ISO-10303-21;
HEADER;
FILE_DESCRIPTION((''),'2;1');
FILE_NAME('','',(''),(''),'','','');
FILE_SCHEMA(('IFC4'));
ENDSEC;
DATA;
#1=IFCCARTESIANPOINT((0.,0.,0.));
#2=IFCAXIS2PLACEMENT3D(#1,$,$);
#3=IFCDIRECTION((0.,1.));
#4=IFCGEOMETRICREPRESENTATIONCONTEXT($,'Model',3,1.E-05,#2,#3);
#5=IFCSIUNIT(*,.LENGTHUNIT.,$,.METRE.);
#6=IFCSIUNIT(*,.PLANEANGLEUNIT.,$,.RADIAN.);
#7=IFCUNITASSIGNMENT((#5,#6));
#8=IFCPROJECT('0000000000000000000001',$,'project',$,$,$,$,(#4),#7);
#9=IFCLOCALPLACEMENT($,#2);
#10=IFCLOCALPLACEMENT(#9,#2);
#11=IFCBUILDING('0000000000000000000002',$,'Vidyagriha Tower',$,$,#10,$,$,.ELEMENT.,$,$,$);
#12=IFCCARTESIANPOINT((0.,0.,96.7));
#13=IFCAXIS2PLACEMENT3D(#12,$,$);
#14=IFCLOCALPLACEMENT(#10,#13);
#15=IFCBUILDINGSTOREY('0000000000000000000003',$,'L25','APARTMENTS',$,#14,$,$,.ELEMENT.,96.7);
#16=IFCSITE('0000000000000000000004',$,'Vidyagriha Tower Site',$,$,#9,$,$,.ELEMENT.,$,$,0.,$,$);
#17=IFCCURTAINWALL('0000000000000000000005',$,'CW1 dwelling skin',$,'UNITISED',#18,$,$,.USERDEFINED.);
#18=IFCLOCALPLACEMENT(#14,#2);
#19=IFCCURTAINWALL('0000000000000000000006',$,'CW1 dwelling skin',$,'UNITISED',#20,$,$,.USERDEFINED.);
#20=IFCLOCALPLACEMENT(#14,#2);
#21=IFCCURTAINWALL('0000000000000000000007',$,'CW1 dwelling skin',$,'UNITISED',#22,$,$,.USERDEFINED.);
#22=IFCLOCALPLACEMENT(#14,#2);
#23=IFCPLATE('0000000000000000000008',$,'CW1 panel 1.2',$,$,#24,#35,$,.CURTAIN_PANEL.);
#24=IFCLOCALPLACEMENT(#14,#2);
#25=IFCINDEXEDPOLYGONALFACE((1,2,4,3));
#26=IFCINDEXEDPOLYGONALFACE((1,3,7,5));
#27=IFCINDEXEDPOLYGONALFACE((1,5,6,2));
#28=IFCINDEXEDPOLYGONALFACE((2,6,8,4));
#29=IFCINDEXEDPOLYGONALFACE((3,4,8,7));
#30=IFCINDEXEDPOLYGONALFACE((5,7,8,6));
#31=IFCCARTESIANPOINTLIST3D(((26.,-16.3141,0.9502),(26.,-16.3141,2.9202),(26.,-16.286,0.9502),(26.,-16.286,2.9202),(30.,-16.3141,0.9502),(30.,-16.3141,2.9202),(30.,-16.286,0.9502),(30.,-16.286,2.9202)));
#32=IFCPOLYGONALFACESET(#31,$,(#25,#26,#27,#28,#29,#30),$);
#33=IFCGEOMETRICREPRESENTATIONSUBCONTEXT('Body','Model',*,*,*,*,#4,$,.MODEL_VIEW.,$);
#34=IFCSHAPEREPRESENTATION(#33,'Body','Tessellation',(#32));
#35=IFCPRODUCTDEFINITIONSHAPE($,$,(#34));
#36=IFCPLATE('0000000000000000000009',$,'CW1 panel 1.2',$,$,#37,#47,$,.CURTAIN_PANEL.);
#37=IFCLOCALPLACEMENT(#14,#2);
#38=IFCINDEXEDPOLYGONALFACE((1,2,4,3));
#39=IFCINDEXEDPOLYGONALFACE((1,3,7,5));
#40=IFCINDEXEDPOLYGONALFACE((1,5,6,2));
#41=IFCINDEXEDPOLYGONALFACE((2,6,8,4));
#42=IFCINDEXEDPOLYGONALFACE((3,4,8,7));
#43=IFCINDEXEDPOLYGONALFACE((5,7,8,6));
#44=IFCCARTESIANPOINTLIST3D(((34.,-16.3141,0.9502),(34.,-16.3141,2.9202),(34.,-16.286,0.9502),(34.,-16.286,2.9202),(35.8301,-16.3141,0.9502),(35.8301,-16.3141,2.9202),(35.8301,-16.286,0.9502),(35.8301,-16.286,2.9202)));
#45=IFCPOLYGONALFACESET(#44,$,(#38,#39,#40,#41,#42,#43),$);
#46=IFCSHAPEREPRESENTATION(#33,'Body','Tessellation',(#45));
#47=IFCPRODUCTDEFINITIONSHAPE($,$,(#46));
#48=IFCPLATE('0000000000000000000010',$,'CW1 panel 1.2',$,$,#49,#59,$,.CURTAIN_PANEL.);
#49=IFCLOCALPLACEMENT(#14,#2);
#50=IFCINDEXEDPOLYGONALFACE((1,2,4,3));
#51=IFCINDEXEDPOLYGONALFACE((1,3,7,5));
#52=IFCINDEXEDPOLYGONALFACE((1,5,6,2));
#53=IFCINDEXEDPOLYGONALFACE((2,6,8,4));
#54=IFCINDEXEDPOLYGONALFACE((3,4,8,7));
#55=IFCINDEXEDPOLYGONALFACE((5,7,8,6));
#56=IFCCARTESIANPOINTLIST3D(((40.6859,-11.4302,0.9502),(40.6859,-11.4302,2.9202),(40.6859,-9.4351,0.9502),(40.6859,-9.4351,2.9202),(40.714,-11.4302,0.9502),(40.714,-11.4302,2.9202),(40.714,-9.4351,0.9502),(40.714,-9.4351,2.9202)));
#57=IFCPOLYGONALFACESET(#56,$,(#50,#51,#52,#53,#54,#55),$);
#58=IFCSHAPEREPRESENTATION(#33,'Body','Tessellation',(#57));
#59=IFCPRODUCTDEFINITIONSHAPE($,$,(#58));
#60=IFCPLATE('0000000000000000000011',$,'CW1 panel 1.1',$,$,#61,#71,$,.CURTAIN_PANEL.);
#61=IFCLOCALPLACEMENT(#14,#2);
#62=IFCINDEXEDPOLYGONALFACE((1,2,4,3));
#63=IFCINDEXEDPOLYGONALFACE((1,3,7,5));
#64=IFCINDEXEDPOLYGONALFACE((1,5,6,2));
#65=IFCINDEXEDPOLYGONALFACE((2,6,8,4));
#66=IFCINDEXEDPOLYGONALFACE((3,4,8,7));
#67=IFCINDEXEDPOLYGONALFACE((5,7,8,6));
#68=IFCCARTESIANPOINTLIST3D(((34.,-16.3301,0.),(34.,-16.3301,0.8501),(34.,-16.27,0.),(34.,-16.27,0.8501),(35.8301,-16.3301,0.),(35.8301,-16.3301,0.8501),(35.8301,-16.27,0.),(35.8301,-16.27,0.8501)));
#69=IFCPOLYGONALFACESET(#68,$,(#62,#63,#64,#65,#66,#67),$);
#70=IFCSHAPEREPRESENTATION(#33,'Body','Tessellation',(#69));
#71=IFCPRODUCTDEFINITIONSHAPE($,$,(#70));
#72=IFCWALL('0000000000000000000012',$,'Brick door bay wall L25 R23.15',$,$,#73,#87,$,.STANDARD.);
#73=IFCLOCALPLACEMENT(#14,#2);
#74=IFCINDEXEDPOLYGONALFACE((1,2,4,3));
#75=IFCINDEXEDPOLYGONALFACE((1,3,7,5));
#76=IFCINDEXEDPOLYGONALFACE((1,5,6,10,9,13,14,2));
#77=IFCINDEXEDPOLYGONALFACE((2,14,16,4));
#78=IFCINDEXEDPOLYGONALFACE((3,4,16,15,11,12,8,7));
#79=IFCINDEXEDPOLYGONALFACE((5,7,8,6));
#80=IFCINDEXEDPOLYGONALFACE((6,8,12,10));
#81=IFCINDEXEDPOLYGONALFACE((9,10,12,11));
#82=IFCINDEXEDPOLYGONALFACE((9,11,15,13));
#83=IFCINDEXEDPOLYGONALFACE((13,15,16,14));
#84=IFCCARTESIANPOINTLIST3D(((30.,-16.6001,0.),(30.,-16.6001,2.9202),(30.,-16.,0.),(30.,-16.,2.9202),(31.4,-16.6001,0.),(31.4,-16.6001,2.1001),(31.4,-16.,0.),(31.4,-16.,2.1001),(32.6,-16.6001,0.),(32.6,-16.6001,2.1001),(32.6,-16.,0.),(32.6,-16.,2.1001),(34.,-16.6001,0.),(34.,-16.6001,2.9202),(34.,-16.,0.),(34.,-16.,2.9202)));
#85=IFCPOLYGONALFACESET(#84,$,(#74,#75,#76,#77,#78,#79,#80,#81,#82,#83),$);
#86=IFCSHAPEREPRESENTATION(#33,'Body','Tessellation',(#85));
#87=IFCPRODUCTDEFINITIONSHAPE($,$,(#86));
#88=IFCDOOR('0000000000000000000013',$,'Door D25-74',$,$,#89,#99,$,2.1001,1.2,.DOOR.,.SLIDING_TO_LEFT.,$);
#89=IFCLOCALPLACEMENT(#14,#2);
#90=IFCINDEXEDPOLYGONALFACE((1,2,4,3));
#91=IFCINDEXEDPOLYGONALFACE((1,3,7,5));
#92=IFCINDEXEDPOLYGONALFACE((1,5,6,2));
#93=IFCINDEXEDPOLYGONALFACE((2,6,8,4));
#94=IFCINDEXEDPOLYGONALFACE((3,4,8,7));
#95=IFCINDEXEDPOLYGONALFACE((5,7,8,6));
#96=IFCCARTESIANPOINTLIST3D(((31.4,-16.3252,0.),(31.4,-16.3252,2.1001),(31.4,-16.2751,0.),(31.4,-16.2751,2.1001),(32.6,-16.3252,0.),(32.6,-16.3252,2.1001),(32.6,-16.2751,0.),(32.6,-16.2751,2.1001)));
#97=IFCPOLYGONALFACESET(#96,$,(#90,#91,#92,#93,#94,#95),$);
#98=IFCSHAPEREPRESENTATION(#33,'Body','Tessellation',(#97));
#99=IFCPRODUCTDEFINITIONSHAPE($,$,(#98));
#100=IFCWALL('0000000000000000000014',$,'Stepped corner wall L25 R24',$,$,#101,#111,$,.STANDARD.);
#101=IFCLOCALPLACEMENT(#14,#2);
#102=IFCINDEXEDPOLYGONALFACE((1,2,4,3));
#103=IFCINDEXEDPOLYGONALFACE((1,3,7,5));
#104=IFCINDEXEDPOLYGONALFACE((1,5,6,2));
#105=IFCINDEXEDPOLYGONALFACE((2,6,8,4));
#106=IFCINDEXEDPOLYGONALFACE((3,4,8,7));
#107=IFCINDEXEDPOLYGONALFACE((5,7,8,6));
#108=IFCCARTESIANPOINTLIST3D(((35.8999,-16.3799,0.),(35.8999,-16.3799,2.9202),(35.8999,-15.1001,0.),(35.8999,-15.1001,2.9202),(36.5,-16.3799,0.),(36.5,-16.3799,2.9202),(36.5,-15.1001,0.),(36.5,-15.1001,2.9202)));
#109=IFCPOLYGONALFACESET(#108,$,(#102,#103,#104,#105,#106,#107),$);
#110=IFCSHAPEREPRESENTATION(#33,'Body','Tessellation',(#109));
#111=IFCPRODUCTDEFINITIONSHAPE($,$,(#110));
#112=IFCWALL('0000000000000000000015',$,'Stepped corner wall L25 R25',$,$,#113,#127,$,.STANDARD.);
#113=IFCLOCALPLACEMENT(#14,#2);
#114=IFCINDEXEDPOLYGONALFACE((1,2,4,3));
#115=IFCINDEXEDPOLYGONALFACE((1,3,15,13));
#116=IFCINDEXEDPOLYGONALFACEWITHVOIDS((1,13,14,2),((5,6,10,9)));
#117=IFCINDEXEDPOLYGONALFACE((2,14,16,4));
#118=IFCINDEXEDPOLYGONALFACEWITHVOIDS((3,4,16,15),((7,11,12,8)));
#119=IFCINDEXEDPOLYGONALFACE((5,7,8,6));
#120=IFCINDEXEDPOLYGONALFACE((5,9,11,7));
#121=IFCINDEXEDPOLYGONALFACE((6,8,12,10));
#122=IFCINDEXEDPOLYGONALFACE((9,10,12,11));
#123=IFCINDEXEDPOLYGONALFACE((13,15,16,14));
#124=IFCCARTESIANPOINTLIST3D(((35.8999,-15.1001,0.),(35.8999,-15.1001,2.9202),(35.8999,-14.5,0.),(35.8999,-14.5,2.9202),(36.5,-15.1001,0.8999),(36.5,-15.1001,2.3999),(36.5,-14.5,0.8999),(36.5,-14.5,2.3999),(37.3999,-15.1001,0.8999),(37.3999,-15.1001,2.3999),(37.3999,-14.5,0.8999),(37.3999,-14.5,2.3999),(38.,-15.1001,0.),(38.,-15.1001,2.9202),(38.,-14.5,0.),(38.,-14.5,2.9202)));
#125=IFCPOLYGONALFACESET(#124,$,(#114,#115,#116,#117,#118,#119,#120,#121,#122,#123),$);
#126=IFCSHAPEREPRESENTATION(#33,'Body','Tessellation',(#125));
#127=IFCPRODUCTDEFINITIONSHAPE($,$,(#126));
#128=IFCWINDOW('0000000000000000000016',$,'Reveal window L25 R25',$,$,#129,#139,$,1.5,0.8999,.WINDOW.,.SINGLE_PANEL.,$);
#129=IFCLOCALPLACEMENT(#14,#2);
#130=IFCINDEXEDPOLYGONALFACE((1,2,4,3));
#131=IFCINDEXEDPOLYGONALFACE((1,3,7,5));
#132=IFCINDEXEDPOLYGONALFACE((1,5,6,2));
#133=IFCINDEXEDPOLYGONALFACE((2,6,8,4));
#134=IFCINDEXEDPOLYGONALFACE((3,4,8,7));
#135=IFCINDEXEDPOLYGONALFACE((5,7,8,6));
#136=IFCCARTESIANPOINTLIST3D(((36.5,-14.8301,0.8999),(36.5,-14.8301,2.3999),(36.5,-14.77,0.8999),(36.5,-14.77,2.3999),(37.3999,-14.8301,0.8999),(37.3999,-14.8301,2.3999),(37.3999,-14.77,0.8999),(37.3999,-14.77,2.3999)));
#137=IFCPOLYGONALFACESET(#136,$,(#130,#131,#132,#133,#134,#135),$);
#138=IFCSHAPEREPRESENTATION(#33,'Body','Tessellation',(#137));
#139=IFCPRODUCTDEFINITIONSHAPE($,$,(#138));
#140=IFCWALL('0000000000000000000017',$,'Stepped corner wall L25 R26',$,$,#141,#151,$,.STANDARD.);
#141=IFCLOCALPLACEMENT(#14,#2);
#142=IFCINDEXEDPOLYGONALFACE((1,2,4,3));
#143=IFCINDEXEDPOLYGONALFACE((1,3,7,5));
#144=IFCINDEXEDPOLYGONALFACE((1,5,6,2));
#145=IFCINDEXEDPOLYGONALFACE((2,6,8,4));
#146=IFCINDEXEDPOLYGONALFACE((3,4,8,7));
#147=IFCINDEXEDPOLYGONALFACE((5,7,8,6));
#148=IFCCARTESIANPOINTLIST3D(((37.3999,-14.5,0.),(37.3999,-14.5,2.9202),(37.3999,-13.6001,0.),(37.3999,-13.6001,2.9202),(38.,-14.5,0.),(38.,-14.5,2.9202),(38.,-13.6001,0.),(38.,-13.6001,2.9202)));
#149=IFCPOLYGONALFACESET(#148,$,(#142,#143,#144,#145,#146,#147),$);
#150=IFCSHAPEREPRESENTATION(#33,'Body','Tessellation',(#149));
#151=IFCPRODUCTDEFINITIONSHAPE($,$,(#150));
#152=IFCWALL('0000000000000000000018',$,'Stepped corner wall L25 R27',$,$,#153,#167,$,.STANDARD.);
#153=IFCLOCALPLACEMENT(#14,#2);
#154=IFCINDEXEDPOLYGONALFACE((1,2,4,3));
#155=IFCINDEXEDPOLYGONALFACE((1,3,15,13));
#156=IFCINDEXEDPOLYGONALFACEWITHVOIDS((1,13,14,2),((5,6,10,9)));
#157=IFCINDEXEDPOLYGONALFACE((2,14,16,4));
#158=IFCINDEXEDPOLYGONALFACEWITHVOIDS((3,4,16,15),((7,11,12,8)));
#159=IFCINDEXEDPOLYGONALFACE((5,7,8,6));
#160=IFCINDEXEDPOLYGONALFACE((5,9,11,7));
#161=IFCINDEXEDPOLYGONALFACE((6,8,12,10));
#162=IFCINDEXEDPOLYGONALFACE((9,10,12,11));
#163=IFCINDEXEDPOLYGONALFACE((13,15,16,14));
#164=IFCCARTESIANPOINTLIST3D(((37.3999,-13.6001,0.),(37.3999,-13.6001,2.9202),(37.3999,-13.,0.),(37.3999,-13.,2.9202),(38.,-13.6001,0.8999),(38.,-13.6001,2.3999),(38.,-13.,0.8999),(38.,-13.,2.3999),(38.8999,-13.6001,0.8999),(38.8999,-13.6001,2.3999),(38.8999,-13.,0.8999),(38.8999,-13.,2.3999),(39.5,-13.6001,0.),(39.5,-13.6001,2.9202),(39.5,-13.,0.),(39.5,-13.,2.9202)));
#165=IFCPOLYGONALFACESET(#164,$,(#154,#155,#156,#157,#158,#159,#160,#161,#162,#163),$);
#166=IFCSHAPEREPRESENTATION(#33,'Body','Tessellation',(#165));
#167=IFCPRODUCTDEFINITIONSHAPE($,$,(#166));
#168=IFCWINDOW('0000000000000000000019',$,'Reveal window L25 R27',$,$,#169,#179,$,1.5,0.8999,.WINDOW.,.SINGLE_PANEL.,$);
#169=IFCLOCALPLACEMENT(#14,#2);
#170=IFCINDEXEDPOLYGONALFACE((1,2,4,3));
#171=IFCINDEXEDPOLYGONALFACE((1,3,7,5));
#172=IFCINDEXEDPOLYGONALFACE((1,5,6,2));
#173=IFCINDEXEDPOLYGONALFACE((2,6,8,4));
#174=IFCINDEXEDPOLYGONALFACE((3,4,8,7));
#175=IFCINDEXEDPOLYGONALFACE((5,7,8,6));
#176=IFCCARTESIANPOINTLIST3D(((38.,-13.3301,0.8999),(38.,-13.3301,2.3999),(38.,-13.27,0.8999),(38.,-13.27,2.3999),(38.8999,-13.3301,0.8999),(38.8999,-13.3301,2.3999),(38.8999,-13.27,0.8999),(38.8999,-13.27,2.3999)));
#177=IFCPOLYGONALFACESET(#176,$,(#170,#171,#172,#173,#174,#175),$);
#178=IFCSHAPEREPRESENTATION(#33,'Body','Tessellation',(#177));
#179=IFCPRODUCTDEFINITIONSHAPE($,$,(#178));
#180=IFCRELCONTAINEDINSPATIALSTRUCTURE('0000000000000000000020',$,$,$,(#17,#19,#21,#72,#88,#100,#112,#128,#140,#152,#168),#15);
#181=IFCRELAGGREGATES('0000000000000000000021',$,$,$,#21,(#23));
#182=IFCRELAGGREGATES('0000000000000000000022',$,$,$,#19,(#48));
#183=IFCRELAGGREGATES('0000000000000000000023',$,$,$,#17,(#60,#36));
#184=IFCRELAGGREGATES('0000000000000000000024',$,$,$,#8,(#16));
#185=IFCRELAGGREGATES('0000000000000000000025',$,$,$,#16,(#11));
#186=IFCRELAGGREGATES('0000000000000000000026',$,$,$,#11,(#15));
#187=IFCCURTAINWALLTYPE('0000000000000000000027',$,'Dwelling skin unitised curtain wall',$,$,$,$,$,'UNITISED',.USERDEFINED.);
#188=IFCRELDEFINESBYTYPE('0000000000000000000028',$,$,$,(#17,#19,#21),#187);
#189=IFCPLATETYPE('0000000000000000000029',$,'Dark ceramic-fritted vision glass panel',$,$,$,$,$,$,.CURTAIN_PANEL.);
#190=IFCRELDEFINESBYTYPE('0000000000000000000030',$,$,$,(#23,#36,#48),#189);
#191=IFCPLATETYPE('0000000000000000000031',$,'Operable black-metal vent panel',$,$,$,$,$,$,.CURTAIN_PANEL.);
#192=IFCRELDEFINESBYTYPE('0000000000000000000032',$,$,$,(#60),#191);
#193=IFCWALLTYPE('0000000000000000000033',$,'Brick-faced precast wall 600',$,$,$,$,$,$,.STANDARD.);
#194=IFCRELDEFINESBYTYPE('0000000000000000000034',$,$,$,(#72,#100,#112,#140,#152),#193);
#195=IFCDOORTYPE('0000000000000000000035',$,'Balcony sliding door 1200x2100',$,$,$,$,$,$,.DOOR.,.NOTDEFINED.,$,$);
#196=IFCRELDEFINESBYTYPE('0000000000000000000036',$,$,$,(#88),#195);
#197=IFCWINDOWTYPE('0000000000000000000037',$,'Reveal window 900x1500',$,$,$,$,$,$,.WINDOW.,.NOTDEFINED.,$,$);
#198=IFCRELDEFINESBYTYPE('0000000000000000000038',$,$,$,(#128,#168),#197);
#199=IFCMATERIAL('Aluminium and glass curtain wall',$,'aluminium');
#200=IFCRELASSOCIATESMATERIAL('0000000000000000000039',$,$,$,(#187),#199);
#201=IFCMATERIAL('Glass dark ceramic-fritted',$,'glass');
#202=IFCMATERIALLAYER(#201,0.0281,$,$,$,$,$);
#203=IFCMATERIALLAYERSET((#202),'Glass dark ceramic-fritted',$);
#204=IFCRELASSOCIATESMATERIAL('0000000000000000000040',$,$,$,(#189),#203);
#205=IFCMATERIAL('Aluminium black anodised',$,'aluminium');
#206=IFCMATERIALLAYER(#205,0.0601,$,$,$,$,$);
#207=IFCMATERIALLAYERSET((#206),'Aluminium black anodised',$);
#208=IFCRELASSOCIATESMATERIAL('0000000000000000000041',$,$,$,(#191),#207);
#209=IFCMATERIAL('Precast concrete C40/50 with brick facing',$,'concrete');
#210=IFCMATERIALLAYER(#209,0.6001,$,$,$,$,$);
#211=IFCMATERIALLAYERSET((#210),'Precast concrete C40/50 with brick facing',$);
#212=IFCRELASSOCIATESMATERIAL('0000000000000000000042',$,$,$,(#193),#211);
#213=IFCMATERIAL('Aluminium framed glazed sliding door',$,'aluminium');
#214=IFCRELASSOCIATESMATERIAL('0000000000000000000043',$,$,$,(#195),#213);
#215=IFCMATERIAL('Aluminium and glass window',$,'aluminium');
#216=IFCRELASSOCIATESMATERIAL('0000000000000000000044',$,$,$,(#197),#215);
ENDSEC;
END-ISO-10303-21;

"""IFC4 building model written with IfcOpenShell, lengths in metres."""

from ifc_helpers import new_model, si_unit, direction, frame, frame_2d, origin, origin_2d, place, context, subcontext, project, spatial, rectangle, extrude, material, layer, layer_set, type_object, element, fill, aggregate, save


model = new_model("IFC4")

# Units and contexts
model_context = context("Model", 3, precision=1e-05, world=origin(), true_north=direction((0.0, 1.0)))
body_context = subcontext(model_context, "Body", "Model", "MODEL_VIEW")
ifc_project = project(units=[si_unit("LENGTHUNIT", "METRE"), si_unit("PLANEANGLEUNIT", "RADIAN")], contexts=[model_context])

# Site, building, storey
site_placement = place(None, origin())
site = spatial("IfcSite", under=ifc_project, at=site_placement, Name="Vidyagriha Tower Site", CompositionType="ELEMENT", RefElevation=0.0)
building_placement = place(site_placement, origin())
building = spatial("IfcBuilding", under=site, at=building_placement, Name="Vidyagriha Tower", CompositionType="ELEMENT")
storey_placement = place(building_placement, frame((0.0, 0.0, 96.7)))
storey = spatial("IfcBuildingStorey", under=building, at=storey_placement, Name="L25", Description="APARTMENTS", CompositionType="ELEMENT", Elevation=96.7)

# Curtain walls
ifc_material_1 = material(Name="Aluminium and glass curtain wall", Category="aluminium")
curtain_wall_type = type_object("IfcCurtainWallType", Name="Dwelling skin unitised curtain wall", ElementType="UNITISED", PredefinedType="USERDEFINED", material=ifc_material_1)
curtain_wall_1_placement = place(storey_placement, origin())
curtain_wall_1 = element("IfcCurtainWall", 1, at=curtain_wall_1_placement, inside=storey, type_object=curtain_wall_type, Name="CW1 dwelling skin", ObjectType="UNITISED", PredefinedType="USERDEFINED")
curtain_wall_2_placement = place(storey_placement, origin())
curtain_wall_2 = element("IfcCurtainWall", 2, at=curtain_wall_2_placement, inside=storey, type_object=curtain_wall_type, Name="CW1 dwelling skin", ObjectType="UNITISED", PredefinedType="USERDEFINED")

# Curtain wall
curtain_wall_3_placement = place(storey_placement, origin())
curtain_wall_3 = element("IfcCurtainWall", 3, at=curtain_wall_3_placement, inside=storey, type_object=curtain_wall_type, Name="CW1 dwelling skin", ObjectType="UNITISED", PredefinedType="USERDEFINED")

# Plates
ifc_material_2 = material(Name="Glass dark ceramic-fritted", Category="glass")
ifc_layer_1 = layer(ifc_material_2, 0.0281)
ifc_layer_set_1 = layer_set([ifc_layer_1], Name="Glass dark ceramic-fritted")
plate_type_1 = type_object("IfcPlateType", Name="Dark ceramic-fritted vision glass panel", PredefinedType="CURTAIN_PANEL", material=ifc_layer_set_1)
plate_1_placement = place(storey_placement, frame((28.0, -16.3, 0.9502)))
plate_1 = element("IfcPlate", 4, at=plate_1_placement, type_object=plate_type_1, Name="CW1 panel 1.2", PredefinedType="CURTAIN_PANEL", context=body_context, shape_type="SweptSolid", body=[
    extrude(rectangle(XDim=4.0, YDim=0.0281, at=origin_2d()), origin(), (0.0, 0.0, 1.0), 1.97),
])
aggregate(curtain_wall_3, [plate_1])
plate_2_placement = place(storey_placement, frame((34.915, -16.3, 0.9502)))
plate_2 = element("IfcPlate", 5, at=plate_2_placement, type_object=plate_type_1, Name="CW1 panel 1.2", PredefinedType="CURTAIN_PANEL", context=body_context, shape_type="SweptSolid", body=[
    extrude(rectangle(XDim=1.8301, YDim=0.0281, at=origin_2d()), origin(), (0.0, 0.0, 1.0), 1.97),
])
plate_3_placement = place(storey_placement, frame((40.7, -10.4326, 0.9502), z_axis=(0.0, 0.0, 1.0), x_axis=(0.0, 1.0, 0.0)))
plate_3 = element("IfcPlate", 6, at=plate_3_placement, type_object=plate_type_1, Name="CW1 panel 1.2", PredefinedType="CURTAIN_PANEL", context=body_context, shape_type="SweptSolid", body=[
    extrude(rectangle(XDim=1.9951, YDim=0.0281, at=origin_2d()), origin(), (0.0, 0.0, 1.0), 1.97),
])
aggregate(curtain_wall_2, [plate_3])
ifc_material_3 = material(Name="Aluminium black anodised", Category="aluminium")
ifc_layer_2 = layer(ifc_material_3, 0.0601)
ifc_layer_set_2 = layer_set([ifc_layer_2], Name="Aluminium black anodised")
plate_type_2 = type_object("IfcPlateType", Name="Operable black-metal vent panel", PredefinedType="CURTAIN_PANEL", material=ifc_layer_set_2)
plate_4_placement = place(storey_placement, frame((34.915, -16.3, 0.0)))
plate_4 = element("IfcPlate", 7, at=plate_4_placement, type_object=plate_type_2, Name="CW1 panel 1.1", PredefinedType="CURTAIN_PANEL", context=body_context, shape_type="SweptSolid", body=[
    extrude(rectangle(XDim=1.8301, YDim=0.0601, at=origin_2d()), origin(), (0.0, 0.0, 1.0), 0.8501),
])
aggregate(curtain_wall_1, [plate_4, plate_2])

# Wall, opening, door
ifc_material_4 = material(Name="Precast concrete C40/50 with brick facing", Category="concrete")
ifc_layer_3 = layer(ifc_material_4, 0.6001)
ifc_layer_set_3 = layer_set([ifc_layer_3], Name="Precast concrete C40/50 with brick facing")
wall_type = type_object("IfcWallType", Name="Brick-faced precast wall 600", PredefinedType="STANDARD", material=ifc_layer_set_3)
wall_1_placement = place(storey_placement, frame((30.0, -16.3, 0.0)))
wall_1 = element("IfcWall", 8, at=wall_1_placement, inside=storey, type_object=wall_type, Name="Brick door bay wall L25 R23.15", PredefinedType="STANDARD", context=body_context, shape_type="SweptSolid", body=[
    extrude(rectangle(XDim=4.0, YDim=0.6001, at=frame_2d((2.0, 0.0))), origin(), (0.0, 0.0, 1.0), 2.9202),
])
opening_1_placement = place(wall_1_placement, frame((1.3999, 0.0, 0.0)))
opening_1 = element("IfcOpeningElement", 9, at=opening_1_placement, cuts=wall_1, PredefinedType="OPENING", context=body_context, shape_type="SweptSolid", body=[
    extrude(rectangle(XDim=1.2, YDim=2.1001, at=frame_2d((0.6001, 1.05))), frame((0.0, 0.3101, 0.0), z_axis=(0.0, -1.0, 0.0), x_axis=(1.0, 0.0, 0.0)), (0.0, 0.0, 1.0), 0.6201),
])
ifc_material_5 = material(Name="Aluminium framed glazed sliding door", Category="aluminium")
door_type = type_object("IfcDoorType", Name="Balcony sliding door 1200x2100", OperationType="NOTDEFINED", PredefinedType="DOOR", material=ifc_material_5)
door_placement = place(opening_1_placement, origin())
door = element("IfcDoor", 10, at=door_placement, inside=storey, type_object=door_type, Name="Door D25-74", OperationType="SLIDING_TO_LEFT", OverallHeight=2.1001, OverallWidth=1.2, PredefinedType="DOOR", context=body_context, shape_type="SweptSolid", body=[
    extrude(rectangle(XDim=1.2, YDim=2.1001, at=frame_2d((0.6001, 1.05))), frame((0.0, 0.0249, 0.0), z_axis=(0.0, -1.0, 0.0), x_axis=(1.0, 0.0, 0.0)), (0.0, 0.0, 1.0), 0.05),
])
fill(opening_1, door)

# Wall
wall_2_placement = place(storey_placement, frame((36.2, -16.3799, 0.0), z_axis=(0.0, 0.0, 1.0), x_axis=(0.0, 1.0, 0.0)))
element("IfcWall", 11, at=wall_2_placement, inside=storey, type_object=wall_type, Name="Stepped corner wall L25 R24", PredefinedType="STANDARD", context=body_context, shape_type="SweptSolid", body=[
    extrude(rectangle(XDim=1.2798, YDim=0.6001, at=frame_2d((0.6399, 0.0))), origin(), (0.0, 0.0, 1.0), 2.9202),
])

# Wall, opening, window
wall_3_placement = place(storey_placement, frame((35.8999, -14.8, 0.0)))
wall_3 = element("IfcWall", 12, at=wall_3_placement, inside=storey, type_object=wall_type, Name="Stepped corner wall L25 R25", PredefinedType="STANDARD", context=body_context, shape_type="SweptSolid", body=[
    extrude(rectangle(XDim=2.1001, YDim=0.6001, at=frame_2d((1.05, 0.0))), origin(), (0.0, 0.0, 1.0), 2.9202),
])
opening_2_placement = place(wall_3_placement, frame((0.6001, 0.0, 0.8999)))
opening_2 = element("IfcOpeningElement", 13, at=opening_2_placement, cuts=wall_3, PredefinedType="OPENING", context=body_context, shape_type="SweptSolid", body=[
    extrude(rectangle(XDim=0.8999, YDim=1.5, at=frame_2d((0.45, 0.75))), frame((0.0, 0.3101, 0.0), z_axis=(0.0, -1.0, 0.0), x_axis=(1.0, 0.0, 0.0)), (0.0, 0.0, 1.0), 0.6201),
])
ifc_material_6 = material(Name="Aluminium and glass window", Category="aluminium")
window_type = type_object("IfcWindowType", Name="Reveal window 900x1500", PartitioningType="NOTDEFINED", PredefinedType="WINDOW", material=ifc_material_6)
window_1_placement = place(opening_2_placement, origin())
window_1 = element("IfcWindow", 14, at=window_1_placement, inside=storey, type_object=window_type, Name="Reveal window L25 R25", OverallHeight=1.5, OverallWidth=0.8999, PartitioningType="SINGLE_PANEL", PredefinedType="WINDOW", context=body_context, shape_type="SweptSolid", body=[
    extrude(rectangle(XDim=0.8999, YDim=1.5, at=frame_2d((0.45, 0.75))), frame((0.0, 0.03, 0.0), z_axis=(0.0, -1.0, 0.0), x_axis=(1.0, 0.0, 0.0)), (0.0, 0.0, 1.0), 0.0601),
])
fill(opening_2, window_1)

# Wall
wall_4_placement = place(storey_placement, frame((37.7, -14.5, 0.0), z_axis=(0.0, 0.0, 1.0), x_axis=(0.0, 1.0, 0.0)))
element("IfcWall", 15, at=wall_4_placement, inside=storey, type_object=wall_type, Name="Stepped corner wall L25 R26", PredefinedType="STANDARD", context=body_context, shape_type="SweptSolid", body=[
    extrude(rectangle(XDim=0.8999, YDim=0.6001, at=frame_2d((0.45, 0.0))), origin(), (0.0, 0.0, 1.0), 2.9202),
])

# Wall, opening, window
wall_5_placement = place(storey_placement, frame((37.3999, -13.3, 0.0)))
wall_5 = element("IfcWall", 16, at=wall_5_placement, inside=storey, type_object=wall_type, Name="Stepped corner wall L25 R27", PredefinedType="STANDARD", context=body_context, shape_type="SweptSolid", body=[
    extrude(rectangle(XDim=2.1001, YDim=0.6001, at=frame_2d((1.05, 0.0))), origin(), (0.0, 0.0, 1.0), 2.9202),
])
opening_3_placement = place(wall_5_placement, frame((0.6001, 0.0, 0.8999)))
opening_3 = element("IfcOpeningElement", 17, at=opening_3_placement, cuts=wall_5, PredefinedType="OPENING", context=body_context, shape_type="SweptSolid", body=[
    extrude(rectangle(XDim=0.8999, YDim=1.5, at=frame_2d((0.45, 0.75))), frame((0.0, 0.3101, 0.0), z_axis=(0.0, -1.0, 0.0), x_axis=(1.0, 0.0, 0.0)), (0.0, 0.0, 1.0), 0.6201),
])
window_2_placement = place(opening_3_placement, origin())
window_2 = element("IfcWindow", 18, at=window_2_placement, inside=storey, type_object=window_type, Name="Reveal window L25 R27", OverallHeight=1.5, OverallWidth=0.8999, PartitioningType="SINGLE_PANEL", PredefinedType="WINDOW", context=body_context, shape_type="SweptSolid", body=[
    extrude(rectangle(XDim=0.8999, YDim=1.5, at=frame_2d((0.45, 0.75))), frame((0.0, 0.03, 0.0), z_axis=(0.0, -1.0, 0.0), x_axis=(1.0, 0.0, 0.0)), (0.0, 0.0, 1.0), 0.0601),
])
fill(opening_3, window_2)

save(model, "model.ifc")
